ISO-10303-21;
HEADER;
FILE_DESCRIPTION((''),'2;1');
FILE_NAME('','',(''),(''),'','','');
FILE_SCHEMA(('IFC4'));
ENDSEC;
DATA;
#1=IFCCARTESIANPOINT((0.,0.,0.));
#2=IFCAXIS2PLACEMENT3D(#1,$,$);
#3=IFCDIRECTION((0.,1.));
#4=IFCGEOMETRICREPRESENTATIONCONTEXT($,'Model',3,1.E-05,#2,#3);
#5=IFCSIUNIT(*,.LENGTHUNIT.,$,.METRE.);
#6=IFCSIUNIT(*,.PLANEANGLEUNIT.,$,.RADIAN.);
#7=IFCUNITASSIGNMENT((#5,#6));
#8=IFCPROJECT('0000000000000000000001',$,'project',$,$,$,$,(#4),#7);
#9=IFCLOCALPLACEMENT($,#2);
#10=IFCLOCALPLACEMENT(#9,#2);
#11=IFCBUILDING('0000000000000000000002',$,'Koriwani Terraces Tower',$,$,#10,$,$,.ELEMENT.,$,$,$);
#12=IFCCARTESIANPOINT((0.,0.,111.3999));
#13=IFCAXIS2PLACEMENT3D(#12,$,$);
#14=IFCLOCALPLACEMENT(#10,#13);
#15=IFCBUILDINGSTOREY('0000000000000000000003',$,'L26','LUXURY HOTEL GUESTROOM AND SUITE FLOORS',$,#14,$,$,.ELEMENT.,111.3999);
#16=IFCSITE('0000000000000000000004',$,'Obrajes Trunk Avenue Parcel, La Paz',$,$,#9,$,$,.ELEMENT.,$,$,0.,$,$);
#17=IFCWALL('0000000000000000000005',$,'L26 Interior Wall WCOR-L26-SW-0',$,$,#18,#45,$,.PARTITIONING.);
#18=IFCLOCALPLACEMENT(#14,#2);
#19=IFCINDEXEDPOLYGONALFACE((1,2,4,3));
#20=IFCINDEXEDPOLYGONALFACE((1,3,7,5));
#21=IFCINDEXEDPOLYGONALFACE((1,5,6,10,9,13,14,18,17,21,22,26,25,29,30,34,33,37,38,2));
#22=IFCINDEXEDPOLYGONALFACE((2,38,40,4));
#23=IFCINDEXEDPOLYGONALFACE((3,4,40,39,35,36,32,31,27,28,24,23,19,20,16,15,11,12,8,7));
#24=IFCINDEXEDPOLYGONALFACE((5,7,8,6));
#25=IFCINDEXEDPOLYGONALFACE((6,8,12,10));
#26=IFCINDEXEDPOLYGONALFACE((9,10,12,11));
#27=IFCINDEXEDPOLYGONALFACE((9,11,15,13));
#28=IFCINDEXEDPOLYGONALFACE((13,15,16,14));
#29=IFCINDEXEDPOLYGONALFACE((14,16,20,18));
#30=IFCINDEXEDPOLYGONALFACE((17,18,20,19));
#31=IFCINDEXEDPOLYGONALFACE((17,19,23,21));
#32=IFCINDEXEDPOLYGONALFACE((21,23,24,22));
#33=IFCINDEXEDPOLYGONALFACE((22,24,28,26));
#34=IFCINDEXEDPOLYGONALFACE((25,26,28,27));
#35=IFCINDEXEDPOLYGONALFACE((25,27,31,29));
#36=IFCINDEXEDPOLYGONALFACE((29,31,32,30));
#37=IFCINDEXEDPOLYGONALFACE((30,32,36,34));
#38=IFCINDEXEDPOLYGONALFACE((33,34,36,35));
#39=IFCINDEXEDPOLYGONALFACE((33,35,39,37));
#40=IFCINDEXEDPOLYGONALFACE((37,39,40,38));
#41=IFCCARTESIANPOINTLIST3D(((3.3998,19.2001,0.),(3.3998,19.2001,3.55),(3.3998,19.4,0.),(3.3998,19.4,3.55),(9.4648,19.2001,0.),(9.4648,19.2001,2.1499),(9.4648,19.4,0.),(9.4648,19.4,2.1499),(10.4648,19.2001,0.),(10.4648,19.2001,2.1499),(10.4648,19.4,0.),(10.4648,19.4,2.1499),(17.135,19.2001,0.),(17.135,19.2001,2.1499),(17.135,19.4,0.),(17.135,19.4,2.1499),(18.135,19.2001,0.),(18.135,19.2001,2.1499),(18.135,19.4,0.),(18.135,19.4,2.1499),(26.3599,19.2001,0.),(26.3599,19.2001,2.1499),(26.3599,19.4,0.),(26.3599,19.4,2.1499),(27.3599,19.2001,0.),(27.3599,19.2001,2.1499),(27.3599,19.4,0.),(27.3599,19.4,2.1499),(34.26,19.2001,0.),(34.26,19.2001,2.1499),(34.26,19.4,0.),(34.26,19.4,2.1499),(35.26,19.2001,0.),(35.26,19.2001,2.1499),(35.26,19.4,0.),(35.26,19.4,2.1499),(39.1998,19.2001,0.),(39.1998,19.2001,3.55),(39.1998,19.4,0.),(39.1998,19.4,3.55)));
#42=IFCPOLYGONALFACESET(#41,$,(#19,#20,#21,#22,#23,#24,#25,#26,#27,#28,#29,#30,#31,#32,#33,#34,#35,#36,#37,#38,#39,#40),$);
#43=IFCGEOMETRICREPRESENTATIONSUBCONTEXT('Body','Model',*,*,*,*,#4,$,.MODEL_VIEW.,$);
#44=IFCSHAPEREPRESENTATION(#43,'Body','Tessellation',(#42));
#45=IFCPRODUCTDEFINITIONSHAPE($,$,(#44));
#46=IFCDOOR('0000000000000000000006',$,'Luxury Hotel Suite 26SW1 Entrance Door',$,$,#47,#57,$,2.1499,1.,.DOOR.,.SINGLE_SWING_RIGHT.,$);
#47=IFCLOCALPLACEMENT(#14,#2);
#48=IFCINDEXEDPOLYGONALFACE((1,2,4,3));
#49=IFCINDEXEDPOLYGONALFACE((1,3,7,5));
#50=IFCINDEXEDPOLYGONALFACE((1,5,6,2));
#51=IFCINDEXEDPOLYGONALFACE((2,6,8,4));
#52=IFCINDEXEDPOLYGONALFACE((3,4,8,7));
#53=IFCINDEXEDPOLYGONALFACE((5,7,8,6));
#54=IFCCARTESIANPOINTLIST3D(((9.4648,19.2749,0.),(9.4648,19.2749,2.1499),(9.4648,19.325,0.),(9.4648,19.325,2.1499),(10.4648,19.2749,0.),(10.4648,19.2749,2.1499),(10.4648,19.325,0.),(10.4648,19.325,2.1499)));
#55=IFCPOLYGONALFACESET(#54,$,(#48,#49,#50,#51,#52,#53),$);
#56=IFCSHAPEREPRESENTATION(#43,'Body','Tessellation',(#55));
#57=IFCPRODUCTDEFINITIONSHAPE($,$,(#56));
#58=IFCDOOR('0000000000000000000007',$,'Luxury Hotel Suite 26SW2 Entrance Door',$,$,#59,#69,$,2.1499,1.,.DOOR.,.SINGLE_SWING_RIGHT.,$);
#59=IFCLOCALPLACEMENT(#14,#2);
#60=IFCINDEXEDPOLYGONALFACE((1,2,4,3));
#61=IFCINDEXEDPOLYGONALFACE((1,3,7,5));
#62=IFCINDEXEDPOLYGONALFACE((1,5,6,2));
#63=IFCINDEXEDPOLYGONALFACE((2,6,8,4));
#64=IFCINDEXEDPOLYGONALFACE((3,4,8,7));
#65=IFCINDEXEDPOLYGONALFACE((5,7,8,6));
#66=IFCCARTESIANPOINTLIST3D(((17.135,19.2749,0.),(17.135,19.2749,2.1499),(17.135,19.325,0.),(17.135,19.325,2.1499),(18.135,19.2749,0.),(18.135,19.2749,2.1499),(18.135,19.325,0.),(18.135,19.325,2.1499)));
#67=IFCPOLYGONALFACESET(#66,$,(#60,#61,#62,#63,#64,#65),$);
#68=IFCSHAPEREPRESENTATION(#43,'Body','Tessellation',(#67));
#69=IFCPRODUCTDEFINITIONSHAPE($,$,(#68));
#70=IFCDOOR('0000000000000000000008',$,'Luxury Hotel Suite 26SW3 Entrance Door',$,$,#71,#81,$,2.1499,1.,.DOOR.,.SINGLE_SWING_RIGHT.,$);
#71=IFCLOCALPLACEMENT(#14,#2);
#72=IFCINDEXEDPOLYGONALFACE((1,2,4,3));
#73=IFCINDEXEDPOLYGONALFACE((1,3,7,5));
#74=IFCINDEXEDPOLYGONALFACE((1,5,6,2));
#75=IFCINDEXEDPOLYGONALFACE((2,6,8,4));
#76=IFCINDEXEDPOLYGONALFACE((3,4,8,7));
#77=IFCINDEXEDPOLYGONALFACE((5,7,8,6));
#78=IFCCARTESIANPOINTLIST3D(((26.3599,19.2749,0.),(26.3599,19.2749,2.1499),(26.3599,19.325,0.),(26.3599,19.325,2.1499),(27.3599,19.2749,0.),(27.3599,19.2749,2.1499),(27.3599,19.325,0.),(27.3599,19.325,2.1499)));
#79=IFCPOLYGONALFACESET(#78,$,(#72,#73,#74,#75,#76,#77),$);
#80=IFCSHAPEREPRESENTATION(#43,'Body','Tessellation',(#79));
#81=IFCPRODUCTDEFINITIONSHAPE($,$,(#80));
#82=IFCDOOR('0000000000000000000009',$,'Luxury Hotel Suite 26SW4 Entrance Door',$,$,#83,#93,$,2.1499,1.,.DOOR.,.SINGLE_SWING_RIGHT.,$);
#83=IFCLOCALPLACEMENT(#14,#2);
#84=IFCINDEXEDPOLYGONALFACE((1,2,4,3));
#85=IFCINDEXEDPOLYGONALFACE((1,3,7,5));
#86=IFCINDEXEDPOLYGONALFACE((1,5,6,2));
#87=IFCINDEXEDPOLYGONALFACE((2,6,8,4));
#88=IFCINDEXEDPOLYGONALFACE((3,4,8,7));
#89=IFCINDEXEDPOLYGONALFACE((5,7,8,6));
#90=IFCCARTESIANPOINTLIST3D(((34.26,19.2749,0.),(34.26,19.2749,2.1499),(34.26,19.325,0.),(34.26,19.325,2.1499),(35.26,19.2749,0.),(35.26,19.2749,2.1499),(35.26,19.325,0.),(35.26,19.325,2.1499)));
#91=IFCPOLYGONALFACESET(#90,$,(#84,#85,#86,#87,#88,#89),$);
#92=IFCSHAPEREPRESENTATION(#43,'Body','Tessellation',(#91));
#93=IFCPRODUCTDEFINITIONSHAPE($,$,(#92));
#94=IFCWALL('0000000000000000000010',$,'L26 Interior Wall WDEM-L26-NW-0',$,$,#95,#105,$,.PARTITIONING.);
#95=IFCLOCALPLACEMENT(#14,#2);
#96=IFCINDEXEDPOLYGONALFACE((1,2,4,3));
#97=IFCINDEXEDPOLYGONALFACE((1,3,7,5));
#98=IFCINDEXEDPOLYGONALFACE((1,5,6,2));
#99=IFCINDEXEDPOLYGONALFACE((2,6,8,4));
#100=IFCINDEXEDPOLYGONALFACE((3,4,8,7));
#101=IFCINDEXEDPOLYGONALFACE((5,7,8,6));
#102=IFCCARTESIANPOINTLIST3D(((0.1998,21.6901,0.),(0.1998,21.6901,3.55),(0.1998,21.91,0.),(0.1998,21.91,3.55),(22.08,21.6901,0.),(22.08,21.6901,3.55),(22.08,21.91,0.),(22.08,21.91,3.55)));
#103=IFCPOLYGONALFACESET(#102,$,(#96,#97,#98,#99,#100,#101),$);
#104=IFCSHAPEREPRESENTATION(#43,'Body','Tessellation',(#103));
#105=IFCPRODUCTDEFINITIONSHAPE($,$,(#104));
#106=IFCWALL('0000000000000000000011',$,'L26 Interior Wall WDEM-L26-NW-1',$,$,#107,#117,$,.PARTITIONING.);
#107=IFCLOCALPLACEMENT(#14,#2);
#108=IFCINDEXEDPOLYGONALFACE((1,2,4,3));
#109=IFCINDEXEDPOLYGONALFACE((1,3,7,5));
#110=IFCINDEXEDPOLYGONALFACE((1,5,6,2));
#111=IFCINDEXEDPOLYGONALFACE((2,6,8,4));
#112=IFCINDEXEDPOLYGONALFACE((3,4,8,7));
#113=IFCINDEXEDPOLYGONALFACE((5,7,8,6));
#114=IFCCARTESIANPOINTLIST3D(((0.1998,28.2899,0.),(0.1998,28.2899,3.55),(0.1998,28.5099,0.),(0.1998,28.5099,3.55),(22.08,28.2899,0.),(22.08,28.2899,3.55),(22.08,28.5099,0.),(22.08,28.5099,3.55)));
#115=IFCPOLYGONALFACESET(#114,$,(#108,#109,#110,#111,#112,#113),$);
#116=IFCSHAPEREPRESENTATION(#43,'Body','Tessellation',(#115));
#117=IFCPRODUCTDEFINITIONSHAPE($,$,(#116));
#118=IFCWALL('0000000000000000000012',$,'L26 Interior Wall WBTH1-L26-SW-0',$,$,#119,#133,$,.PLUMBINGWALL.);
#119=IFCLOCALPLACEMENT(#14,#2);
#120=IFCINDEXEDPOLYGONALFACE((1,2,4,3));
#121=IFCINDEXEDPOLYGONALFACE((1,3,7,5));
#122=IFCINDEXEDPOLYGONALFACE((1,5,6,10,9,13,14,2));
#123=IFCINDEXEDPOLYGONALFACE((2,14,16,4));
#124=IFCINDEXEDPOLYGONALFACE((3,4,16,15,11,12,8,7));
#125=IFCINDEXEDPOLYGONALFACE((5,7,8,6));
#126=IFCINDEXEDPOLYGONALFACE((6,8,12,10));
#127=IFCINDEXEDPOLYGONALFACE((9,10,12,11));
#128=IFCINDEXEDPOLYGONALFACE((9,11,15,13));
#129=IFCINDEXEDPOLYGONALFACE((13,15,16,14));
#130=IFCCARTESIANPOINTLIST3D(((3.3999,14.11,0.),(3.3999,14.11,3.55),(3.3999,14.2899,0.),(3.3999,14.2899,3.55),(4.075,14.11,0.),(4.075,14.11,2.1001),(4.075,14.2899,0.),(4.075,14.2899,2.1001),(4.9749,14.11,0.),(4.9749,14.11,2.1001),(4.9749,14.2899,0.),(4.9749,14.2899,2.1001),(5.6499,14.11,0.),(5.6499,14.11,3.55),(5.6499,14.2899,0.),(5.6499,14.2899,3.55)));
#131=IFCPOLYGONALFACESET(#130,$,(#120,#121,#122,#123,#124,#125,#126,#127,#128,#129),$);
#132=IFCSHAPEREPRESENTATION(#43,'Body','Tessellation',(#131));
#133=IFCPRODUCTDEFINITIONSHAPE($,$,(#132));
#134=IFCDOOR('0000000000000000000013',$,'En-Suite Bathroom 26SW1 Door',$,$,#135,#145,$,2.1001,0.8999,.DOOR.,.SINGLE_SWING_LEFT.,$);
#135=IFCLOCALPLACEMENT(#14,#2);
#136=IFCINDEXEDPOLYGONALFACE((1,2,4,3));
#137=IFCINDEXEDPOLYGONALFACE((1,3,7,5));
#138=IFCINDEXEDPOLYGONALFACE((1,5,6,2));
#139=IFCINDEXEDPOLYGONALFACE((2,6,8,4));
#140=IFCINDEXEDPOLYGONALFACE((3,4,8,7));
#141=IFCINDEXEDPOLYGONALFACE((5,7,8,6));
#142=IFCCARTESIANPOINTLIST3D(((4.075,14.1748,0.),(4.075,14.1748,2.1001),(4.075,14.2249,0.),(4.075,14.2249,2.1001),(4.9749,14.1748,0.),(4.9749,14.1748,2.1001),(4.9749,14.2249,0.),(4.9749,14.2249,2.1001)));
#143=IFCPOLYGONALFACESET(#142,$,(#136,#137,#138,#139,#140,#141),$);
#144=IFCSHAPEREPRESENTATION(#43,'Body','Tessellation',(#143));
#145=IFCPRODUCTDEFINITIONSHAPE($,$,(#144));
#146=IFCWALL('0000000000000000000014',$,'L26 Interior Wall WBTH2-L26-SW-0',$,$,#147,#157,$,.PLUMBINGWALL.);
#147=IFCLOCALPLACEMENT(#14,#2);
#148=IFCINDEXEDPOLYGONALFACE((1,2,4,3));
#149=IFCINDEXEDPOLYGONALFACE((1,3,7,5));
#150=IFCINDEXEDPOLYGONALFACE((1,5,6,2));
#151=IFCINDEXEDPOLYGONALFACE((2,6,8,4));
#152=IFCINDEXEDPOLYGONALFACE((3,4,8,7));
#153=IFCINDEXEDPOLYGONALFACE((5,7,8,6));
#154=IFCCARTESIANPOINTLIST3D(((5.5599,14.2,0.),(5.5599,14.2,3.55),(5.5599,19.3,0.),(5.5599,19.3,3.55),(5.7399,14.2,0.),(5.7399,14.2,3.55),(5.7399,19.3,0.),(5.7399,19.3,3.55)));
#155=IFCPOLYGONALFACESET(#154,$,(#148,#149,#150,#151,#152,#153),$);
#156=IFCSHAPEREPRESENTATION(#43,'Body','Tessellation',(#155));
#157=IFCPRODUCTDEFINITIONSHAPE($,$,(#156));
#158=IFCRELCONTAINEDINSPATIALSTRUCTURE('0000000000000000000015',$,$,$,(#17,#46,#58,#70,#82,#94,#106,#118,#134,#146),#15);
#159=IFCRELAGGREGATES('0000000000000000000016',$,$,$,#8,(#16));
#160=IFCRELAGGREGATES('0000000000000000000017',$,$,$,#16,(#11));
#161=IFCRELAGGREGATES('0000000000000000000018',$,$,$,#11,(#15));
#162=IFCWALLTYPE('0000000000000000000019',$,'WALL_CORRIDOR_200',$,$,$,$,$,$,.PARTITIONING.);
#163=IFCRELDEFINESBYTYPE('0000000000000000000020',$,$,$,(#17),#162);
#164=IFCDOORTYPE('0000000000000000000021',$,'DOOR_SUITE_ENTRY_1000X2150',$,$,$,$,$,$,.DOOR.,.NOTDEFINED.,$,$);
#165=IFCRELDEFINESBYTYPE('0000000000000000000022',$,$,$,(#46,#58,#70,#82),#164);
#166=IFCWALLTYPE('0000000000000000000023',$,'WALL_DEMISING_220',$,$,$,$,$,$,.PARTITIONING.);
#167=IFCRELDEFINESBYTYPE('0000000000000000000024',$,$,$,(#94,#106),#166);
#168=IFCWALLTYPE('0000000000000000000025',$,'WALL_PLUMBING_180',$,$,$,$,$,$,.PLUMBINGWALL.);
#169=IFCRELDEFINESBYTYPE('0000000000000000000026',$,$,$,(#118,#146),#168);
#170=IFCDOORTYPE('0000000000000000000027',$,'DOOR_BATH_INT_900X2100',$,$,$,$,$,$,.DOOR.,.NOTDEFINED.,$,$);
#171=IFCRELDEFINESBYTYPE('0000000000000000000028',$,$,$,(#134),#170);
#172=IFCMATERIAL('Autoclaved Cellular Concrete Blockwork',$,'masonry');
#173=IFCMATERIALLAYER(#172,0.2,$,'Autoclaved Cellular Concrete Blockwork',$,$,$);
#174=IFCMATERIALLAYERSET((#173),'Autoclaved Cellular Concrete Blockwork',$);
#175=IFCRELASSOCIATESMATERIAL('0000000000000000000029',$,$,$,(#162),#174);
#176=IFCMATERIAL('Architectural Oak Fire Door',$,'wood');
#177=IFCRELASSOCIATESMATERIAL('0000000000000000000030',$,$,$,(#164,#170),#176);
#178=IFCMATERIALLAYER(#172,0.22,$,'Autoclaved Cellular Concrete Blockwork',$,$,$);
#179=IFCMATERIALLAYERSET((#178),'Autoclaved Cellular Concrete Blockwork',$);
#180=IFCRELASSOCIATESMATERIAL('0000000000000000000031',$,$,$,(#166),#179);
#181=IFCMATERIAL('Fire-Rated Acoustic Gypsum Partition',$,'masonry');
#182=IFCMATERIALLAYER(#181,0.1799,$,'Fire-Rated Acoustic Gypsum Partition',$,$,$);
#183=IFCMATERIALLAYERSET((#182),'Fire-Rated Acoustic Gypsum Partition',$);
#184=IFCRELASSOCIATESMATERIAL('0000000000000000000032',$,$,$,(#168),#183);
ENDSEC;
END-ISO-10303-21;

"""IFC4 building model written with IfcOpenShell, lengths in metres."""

from ifc_helpers import new_model, si_unit, direction, frame, frame_2d, origin, place, context, subcontext, project, spatial, rectangle, extrude, material, layer, layer_set, type_object, element, fill, save


model = new_model("IFC4")

# Units and contexts
model_context = context("Model", 3, precision=1e-05, world=origin(), true_north=direction((0.0, 1.0)))
body_context = subcontext(model_context, "Body", "Model", "MODEL_VIEW")
ifc_project = project(units=[si_unit("LENGTHUNIT", "METRE"), si_unit("PLANEANGLEUNIT", "RADIAN")], contexts=[model_context])

# Site, building, storey
site_placement = place(None, origin())
site = spatial("IfcSite", under=ifc_project, at=site_placement, Name="Obrajes Trunk Avenue Parcel, La Paz", CompositionType="ELEMENT", RefElevation=0.0)
building_placement = place(site_placement, origin())
building = spatial("IfcBuilding", under=site, at=building_placement, Name="Koriwani Terraces Tower", CompositionType="ELEMENT")
storey_placement = place(building_placement, frame((0.0, 0.0, 111.3999)))
storey = spatial("IfcBuildingStorey", under=building, at=storey_placement, Name="L26", Description="LUXURY HOTEL GUESTROOM AND SUITE FLOORS", CompositionType="ELEMENT", Elevation=111.3999)

# Wall, openings, doors
ifc_material_1 = material(Name="Autoclaved Cellular Concrete Blockwork", Category="masonry")
ifc_layer_1 = layer(ifc_material_1, 0.2, Name="Autoclaved Cellular Concrete Blockwork")
ifc_layer_set_1 = layer_set([ifc_layer_1], Name="Autoclaved Cellular Concrete Blockwork")
wall_type_1 = type_object("IfcWallType", Name="WALL_CORRIDOR_200", PredefinedType="PARTITIONING", material=ifc_layer_set_1)
wall_1_placement = place(storey_placement, frame((3.3999, 19.3, 0.0), z_axis=(0.0, 0.0, 1.0), x_axis=(1.0, 0.0, 0.0)))
wall_1 = element("IfcWall", 1, at=wall_1_placement, inside=storey, type_object=wall_type_1, Name="L26 Interior Wall WCOR-L26-SW-0", PredefinedType="PARTITIONING", context=body_context, shape_type="SweptSolid", body=[
    extrude(rectangle(XDim=35.8, YDim=0.2, at=frame_2d((17.8999, 0.0))), origin(), (0.0, 0.0, 1.0), 3.55),
])
opening_1_placement = place(wall_1_placement, frame((6.0649, 0.0, 0.0)))
opening_1 = element("IfcOpeningElement", 2, at=opening_1_placement, cuts=wall_1, PredefinedType="OPENING", context=body_context, shape_type="SweptSolid", body=[
    extrude(rectangle(XDim=1.0, YDim=2.1499, at=frame_2d((0.5, 1.075))), frame((0.0, 0.1099, 0.0), z_axis=(0.0, -1.0, 0.0), x_axis=(1.0, 0.0, 0.0)), (0.0, 0.0, 1.0), 0.22),
])
opening_2_placement = place(wall_1_placement, frame((13.7351, 0.0, 0.0)))
opening_2 = element("IfcOpeningElement", 3, at=opening_2_placement, cuts=wall_1, PredefinedType="OPENING", context=body_context, shape_type="SweptSolid", body=[
    extrude(rectangle(XDim=1.0, YDim=2.1499, at=frame_2d((0.5, 1.075))), frame((0.0, 0.1099, 0.0), z_axis=(0.0, -1.0, 0.0), x_axis=(1.0, 0.0, 0.0)), (0.0, 0.0, 1.0), 0.22),
])
opening_3_placement = place(wall_1_placement, frame((22.96, 0.0, 0.0)))
opening_3 = element("IfcOpeningElement", 4, at=opening_3_placement, cuts=wall_1, PredefinedType="OPENING", context=body_context, shape_type="SweptSolid", body=[
    extrude(rectangle(XDim=1.0, YDim=2.1499, at=frame_2d((0.5, 1.075))), frame((0.0, 0.1099, 0.0), z_axis=(0.0, -1.0, 0.0), x_axis=(1.0, 0.0, 0.0)), (0.0, 0.0, 1.0), 0.22),
])
opening_4_placement = place(wall_1_placement, frame((30.8601, 0.0, 0.0)))
opening_4 = element("IfcOpeningElement", 5, at=opening_4_placement, cuts=wall_1, PredefinedType="OPENING", context=body_context, shape_type="SweptSolid", body=[
    extrude(rectangle(XDim=1.0, YDim=2.1499, at=frame_2d((0.5, 1.075))), frame((0.0, 0.1099, 0.0), z_axis=(0.0, -1.0, 0.0), x_axis=(1.0, 0.0, 0.0)), (0.0, 0.0, 1.0), 0.22),
])
ifc_material_2 = material(Name="Architectural Oak Fire Door", Category="wood")
door_type_1 = type_object("IfcDoorType", Name="DOOR_SUITE_ENTRY_1000X2150", OperationType="NOTDEFINED", PredefinedType="DOOR", material=ifc_material_2)
door_1_placement = place(opening_1_placement, origin())
door_1 = element("IfcDoor", 6, at=door_1_placement, inside=storey, type_object=door_type_1, Name="Luxury Hotel Suite 26SW1 Entrance Door", OperationType="SINGLE_SWING_RIGHT", OverallHeight=2.1499, OverallWidth=1.0, PredefinedType="DOOR", context=body_context, shape_type="SweptSolid", body=[
    extrude(rectangle(XDim=1.0, YDim=2.1499, at=frame_2d((0.5, 1.075))), frame((0.0, 0.0249, 0.0), z_axis=(0.0, -1.0, 0.0), x_axis=(1.0, 0.0, 0.0)), (0.0, 0.0, 1.0), 0.05),
])
fill(opening_1, door_1)
door_2_placement = place(opening_2_placement, origin())
door_2 = element("IfcDoor", 7, at=door_2_placement, inside=storey, type_object=door_type_1, Name="Luxury Hotel Suite 26SW2 Entrance Door", OperationType="SINGLE_SWING_RIGHT", OverallHeight=2.1499, OverallWidth=1.0, PredefinedType="DOOR", context=body_context, shape_type="SweptSolid", body=[
    extrude(rectangle(XDim=1.0, YDim=2.1499, at=frame_2d((0.5, 1.075))), frame((0.0, 0.0249, 0.0), z_axis=(0.0, -1.0, 0.0), x_axis=(1.0, 0.0, 0.0)), (0.0, 0.0, 1.0), 0.05),
])
fill(opening_2, door_2)
door_3_placement = place(opening_3_placement, origin())
door_3 = element("IfcDoor", 8, at=door_3_placement, inside=storey, type_object=door_type_1, Name="Luxury Hotel Suite 26SW3 Entrance Door", OperationType="SINGLE_SWING_RIGHT", OverallHeight=2.1499, OverallWidth=1.0, PredefinedType="DOOR", context=body_context, shape_type="SweptSolid", body=[
    extrude(rectangle(XDim=1.0, YDim=2.1499, at=frame_2d((0.5, 1.075))), frame((0.0, 0.0249, 0.0), z_axis=(0.0, -1.0, 0.0), x_axis=(1.0, 0.0, 0.0)), (0.0, 0.0, 1.0), 0.05),
])
fill(opening_3, door_3)
door_4_placement = place(opening_4_placement, origin())
door_4 = element("IfcDoor", 9, at=door_4_placement, inside=storey, type_object=door_type_1, Name="Luxury Hotel Suite 26SW4 Entrance Door", OperationType="SINGLE_SWING_RIGHT", OverallHeight=2.1499, OverallWidth=1.0, PredefinedType="DOOR", context=body_context, shape_type="SweptSolid", body=[
    extrude(rectangle(XDim=1.0, YDim=2.1499, at=frame_2d((0.5, 1.075))), frame((0.0, 0.0249, 0.0), z_axis=(0.0, -1.0, 0.0), x_axis=(1.0, 0.0, 0.0)), (0.0, 0.0, 1.0), 0.05),
])
fill(opening_4, door_4)

# Walls
ifc_layer_2 = layer(ifc_material_1, 0.22, Name="Autoclaved Cellular Concrete Blockwork")
ifc_layer_set_2 = layer_set([ifc_layer_2], Name="Autoclaved Cellular Concrete Blockwork")
wall_type_2 = type_object("IfcWallType", Name="WALL_DEMISING_220", PredefinedType="PARTITIONING", material=ifc_layer_set_2)
for number, where, z_axis, x_axis, name in (
    (10, (0.2, 21.8, 0.0), (0.0, 0.0, 1.0), (1.0, 0.0, 0.0), "L26 Interior Wall WDEM-L26-NW-0"),
    (11, (0.2, 28.3999, 0.0), (0.0, 0.0, 1.0), (1.0, 0.0, 0.0), "L26 Interior Wall WDEM-L26-NW-1"),
):
    element("IfcWall", number, at=place(storey_placement, frame(where, z_axis=z_axis, x_axis=x_axis)), inside=storey, type_object=wall_type_2, Name=name, PredefinedType="PARTITIONING", context=body_context, shape_type="SweptSolid", body=[
        extrude(rectangle(XDim=21.8801, YDim=0.22, at=frame_2d((10.9399, 0.0))), origin(), (0.0, 0.0, 1.0), 3.55),
    ])

# Wall, opening, door
ifc_material_3 = material(Name="Fire-Rated Acoustic Gypsum Partition", Category="masonry")
ifc_layer_3 = layer(ifc_material_3, 0.1799, Name="Fire-Rated Acoustic Gypsum Partition")
ifc_layer_set_3 = layer_set([ifc_layer_3], Name="Fire-Rated Acoustic Gypsum Partition")
wall_type_3 = type_object("IfcWallType", Name="WALL_PLUMBING_180", PredefinedType="PLUMBINGWALL", material=ifc_layer_set_3)
wall_2_placement = place(storey_placement, frame((3.3999, 14.2, 0.0), z_axis=(0.0, 0.0, 1.0), x_axis=(1.0, 0.0, 0.0)))
wall_2 = element("IfcWall", 12, at=wall_2_placement, inside=storey, type_object=wall_type_3, Name="L26 Interior Wall WBTH1-L26-SW-0", PredefinedType="PLUMBINGWALL", context=body_context, shape_type="SweptSolid", body=[
    extrude(rectangle(XDim=2.25, YDim=0.1799, at=frame_2d((1.125, 0.0))), origin(), (0.0, 0.0, 1.0), 3.55),
])
opening_5_placement = place(wall_2_placement, frame((0.675, 0.0, 0.0)))
opening_5 = element("IfcOpeningElement", 13, at=opening_5_placement, cuts=wall_2, PredefinedType="OPENING", context=body_context, shape_type="SweptSolid", body=[
    extrude(rectangle(XDim=0.8999, YDim=2.1001, at=frame_2d((0.45, 1.05))), frame((0.0, 0.1001, 0.0), z_axis=(0.0, -1.0, 0.0), x_axis=(1.0, 0.0, 0.0)), (0.0, 0.0, 1.0), 0.2),
])
door_type_2 = type_object("IfcDoorType", Name="DOOR_BATH_INT_900X2100", OperationType="NOTDEFINED", PredefinedType="DOOR", material=ifc_material_2)
door_5_placement = place(opening_5_placement, origin())
door_5 = element("IfcDoor", 14, at=door_5_placement, inside=storey, type_object=door_type_2, Name="En-Suite Bathroom 26SW1 Door", OperationType="SINGLE_SWING_LEFT", OverallHeight=2.1001, OverallWidth=0.8999, PredefinedType="DOOR", context=body_context, shape_type="SweptSolid", body=[
    extrude(rectangle(XDim=0.8999, YDim=2.1001, at=frame_2d((0.45, 1.05))), frame((0.0, 0.0249, 0.0), z_axis=(0.0, -1.0, 0.0), x_axis=(1.0, 0.0, 0.0)), (0.0, 0.0, 1.0), 0.05),
])
fill(opening_5, door_5)

# Wall
wall_3_placement = place(storey_placement, frame((5.6499, 14.2, 0.0), z_axis=(0.0, 0.0, 1.0), x_axis=(0.0, 1.0, 0.0)))
element("IfcWall", 15, at=wall_3_placement, inside=storey, type_object=wall_type_3, Name="L26 Interior Wall WBTH2-L26-SW-0", PredefinedType="PLUMBINGWALL", context=body_context, shape_type="SweptSolid", body=[
    extrude(rectangle(XDim=5.1001, YDim=0.1799, at=frame_2d((2.55, 0.0))), origin(), (0.0, 0.0, 1.0), 3.55),
])

save(model, "model.ifc")
